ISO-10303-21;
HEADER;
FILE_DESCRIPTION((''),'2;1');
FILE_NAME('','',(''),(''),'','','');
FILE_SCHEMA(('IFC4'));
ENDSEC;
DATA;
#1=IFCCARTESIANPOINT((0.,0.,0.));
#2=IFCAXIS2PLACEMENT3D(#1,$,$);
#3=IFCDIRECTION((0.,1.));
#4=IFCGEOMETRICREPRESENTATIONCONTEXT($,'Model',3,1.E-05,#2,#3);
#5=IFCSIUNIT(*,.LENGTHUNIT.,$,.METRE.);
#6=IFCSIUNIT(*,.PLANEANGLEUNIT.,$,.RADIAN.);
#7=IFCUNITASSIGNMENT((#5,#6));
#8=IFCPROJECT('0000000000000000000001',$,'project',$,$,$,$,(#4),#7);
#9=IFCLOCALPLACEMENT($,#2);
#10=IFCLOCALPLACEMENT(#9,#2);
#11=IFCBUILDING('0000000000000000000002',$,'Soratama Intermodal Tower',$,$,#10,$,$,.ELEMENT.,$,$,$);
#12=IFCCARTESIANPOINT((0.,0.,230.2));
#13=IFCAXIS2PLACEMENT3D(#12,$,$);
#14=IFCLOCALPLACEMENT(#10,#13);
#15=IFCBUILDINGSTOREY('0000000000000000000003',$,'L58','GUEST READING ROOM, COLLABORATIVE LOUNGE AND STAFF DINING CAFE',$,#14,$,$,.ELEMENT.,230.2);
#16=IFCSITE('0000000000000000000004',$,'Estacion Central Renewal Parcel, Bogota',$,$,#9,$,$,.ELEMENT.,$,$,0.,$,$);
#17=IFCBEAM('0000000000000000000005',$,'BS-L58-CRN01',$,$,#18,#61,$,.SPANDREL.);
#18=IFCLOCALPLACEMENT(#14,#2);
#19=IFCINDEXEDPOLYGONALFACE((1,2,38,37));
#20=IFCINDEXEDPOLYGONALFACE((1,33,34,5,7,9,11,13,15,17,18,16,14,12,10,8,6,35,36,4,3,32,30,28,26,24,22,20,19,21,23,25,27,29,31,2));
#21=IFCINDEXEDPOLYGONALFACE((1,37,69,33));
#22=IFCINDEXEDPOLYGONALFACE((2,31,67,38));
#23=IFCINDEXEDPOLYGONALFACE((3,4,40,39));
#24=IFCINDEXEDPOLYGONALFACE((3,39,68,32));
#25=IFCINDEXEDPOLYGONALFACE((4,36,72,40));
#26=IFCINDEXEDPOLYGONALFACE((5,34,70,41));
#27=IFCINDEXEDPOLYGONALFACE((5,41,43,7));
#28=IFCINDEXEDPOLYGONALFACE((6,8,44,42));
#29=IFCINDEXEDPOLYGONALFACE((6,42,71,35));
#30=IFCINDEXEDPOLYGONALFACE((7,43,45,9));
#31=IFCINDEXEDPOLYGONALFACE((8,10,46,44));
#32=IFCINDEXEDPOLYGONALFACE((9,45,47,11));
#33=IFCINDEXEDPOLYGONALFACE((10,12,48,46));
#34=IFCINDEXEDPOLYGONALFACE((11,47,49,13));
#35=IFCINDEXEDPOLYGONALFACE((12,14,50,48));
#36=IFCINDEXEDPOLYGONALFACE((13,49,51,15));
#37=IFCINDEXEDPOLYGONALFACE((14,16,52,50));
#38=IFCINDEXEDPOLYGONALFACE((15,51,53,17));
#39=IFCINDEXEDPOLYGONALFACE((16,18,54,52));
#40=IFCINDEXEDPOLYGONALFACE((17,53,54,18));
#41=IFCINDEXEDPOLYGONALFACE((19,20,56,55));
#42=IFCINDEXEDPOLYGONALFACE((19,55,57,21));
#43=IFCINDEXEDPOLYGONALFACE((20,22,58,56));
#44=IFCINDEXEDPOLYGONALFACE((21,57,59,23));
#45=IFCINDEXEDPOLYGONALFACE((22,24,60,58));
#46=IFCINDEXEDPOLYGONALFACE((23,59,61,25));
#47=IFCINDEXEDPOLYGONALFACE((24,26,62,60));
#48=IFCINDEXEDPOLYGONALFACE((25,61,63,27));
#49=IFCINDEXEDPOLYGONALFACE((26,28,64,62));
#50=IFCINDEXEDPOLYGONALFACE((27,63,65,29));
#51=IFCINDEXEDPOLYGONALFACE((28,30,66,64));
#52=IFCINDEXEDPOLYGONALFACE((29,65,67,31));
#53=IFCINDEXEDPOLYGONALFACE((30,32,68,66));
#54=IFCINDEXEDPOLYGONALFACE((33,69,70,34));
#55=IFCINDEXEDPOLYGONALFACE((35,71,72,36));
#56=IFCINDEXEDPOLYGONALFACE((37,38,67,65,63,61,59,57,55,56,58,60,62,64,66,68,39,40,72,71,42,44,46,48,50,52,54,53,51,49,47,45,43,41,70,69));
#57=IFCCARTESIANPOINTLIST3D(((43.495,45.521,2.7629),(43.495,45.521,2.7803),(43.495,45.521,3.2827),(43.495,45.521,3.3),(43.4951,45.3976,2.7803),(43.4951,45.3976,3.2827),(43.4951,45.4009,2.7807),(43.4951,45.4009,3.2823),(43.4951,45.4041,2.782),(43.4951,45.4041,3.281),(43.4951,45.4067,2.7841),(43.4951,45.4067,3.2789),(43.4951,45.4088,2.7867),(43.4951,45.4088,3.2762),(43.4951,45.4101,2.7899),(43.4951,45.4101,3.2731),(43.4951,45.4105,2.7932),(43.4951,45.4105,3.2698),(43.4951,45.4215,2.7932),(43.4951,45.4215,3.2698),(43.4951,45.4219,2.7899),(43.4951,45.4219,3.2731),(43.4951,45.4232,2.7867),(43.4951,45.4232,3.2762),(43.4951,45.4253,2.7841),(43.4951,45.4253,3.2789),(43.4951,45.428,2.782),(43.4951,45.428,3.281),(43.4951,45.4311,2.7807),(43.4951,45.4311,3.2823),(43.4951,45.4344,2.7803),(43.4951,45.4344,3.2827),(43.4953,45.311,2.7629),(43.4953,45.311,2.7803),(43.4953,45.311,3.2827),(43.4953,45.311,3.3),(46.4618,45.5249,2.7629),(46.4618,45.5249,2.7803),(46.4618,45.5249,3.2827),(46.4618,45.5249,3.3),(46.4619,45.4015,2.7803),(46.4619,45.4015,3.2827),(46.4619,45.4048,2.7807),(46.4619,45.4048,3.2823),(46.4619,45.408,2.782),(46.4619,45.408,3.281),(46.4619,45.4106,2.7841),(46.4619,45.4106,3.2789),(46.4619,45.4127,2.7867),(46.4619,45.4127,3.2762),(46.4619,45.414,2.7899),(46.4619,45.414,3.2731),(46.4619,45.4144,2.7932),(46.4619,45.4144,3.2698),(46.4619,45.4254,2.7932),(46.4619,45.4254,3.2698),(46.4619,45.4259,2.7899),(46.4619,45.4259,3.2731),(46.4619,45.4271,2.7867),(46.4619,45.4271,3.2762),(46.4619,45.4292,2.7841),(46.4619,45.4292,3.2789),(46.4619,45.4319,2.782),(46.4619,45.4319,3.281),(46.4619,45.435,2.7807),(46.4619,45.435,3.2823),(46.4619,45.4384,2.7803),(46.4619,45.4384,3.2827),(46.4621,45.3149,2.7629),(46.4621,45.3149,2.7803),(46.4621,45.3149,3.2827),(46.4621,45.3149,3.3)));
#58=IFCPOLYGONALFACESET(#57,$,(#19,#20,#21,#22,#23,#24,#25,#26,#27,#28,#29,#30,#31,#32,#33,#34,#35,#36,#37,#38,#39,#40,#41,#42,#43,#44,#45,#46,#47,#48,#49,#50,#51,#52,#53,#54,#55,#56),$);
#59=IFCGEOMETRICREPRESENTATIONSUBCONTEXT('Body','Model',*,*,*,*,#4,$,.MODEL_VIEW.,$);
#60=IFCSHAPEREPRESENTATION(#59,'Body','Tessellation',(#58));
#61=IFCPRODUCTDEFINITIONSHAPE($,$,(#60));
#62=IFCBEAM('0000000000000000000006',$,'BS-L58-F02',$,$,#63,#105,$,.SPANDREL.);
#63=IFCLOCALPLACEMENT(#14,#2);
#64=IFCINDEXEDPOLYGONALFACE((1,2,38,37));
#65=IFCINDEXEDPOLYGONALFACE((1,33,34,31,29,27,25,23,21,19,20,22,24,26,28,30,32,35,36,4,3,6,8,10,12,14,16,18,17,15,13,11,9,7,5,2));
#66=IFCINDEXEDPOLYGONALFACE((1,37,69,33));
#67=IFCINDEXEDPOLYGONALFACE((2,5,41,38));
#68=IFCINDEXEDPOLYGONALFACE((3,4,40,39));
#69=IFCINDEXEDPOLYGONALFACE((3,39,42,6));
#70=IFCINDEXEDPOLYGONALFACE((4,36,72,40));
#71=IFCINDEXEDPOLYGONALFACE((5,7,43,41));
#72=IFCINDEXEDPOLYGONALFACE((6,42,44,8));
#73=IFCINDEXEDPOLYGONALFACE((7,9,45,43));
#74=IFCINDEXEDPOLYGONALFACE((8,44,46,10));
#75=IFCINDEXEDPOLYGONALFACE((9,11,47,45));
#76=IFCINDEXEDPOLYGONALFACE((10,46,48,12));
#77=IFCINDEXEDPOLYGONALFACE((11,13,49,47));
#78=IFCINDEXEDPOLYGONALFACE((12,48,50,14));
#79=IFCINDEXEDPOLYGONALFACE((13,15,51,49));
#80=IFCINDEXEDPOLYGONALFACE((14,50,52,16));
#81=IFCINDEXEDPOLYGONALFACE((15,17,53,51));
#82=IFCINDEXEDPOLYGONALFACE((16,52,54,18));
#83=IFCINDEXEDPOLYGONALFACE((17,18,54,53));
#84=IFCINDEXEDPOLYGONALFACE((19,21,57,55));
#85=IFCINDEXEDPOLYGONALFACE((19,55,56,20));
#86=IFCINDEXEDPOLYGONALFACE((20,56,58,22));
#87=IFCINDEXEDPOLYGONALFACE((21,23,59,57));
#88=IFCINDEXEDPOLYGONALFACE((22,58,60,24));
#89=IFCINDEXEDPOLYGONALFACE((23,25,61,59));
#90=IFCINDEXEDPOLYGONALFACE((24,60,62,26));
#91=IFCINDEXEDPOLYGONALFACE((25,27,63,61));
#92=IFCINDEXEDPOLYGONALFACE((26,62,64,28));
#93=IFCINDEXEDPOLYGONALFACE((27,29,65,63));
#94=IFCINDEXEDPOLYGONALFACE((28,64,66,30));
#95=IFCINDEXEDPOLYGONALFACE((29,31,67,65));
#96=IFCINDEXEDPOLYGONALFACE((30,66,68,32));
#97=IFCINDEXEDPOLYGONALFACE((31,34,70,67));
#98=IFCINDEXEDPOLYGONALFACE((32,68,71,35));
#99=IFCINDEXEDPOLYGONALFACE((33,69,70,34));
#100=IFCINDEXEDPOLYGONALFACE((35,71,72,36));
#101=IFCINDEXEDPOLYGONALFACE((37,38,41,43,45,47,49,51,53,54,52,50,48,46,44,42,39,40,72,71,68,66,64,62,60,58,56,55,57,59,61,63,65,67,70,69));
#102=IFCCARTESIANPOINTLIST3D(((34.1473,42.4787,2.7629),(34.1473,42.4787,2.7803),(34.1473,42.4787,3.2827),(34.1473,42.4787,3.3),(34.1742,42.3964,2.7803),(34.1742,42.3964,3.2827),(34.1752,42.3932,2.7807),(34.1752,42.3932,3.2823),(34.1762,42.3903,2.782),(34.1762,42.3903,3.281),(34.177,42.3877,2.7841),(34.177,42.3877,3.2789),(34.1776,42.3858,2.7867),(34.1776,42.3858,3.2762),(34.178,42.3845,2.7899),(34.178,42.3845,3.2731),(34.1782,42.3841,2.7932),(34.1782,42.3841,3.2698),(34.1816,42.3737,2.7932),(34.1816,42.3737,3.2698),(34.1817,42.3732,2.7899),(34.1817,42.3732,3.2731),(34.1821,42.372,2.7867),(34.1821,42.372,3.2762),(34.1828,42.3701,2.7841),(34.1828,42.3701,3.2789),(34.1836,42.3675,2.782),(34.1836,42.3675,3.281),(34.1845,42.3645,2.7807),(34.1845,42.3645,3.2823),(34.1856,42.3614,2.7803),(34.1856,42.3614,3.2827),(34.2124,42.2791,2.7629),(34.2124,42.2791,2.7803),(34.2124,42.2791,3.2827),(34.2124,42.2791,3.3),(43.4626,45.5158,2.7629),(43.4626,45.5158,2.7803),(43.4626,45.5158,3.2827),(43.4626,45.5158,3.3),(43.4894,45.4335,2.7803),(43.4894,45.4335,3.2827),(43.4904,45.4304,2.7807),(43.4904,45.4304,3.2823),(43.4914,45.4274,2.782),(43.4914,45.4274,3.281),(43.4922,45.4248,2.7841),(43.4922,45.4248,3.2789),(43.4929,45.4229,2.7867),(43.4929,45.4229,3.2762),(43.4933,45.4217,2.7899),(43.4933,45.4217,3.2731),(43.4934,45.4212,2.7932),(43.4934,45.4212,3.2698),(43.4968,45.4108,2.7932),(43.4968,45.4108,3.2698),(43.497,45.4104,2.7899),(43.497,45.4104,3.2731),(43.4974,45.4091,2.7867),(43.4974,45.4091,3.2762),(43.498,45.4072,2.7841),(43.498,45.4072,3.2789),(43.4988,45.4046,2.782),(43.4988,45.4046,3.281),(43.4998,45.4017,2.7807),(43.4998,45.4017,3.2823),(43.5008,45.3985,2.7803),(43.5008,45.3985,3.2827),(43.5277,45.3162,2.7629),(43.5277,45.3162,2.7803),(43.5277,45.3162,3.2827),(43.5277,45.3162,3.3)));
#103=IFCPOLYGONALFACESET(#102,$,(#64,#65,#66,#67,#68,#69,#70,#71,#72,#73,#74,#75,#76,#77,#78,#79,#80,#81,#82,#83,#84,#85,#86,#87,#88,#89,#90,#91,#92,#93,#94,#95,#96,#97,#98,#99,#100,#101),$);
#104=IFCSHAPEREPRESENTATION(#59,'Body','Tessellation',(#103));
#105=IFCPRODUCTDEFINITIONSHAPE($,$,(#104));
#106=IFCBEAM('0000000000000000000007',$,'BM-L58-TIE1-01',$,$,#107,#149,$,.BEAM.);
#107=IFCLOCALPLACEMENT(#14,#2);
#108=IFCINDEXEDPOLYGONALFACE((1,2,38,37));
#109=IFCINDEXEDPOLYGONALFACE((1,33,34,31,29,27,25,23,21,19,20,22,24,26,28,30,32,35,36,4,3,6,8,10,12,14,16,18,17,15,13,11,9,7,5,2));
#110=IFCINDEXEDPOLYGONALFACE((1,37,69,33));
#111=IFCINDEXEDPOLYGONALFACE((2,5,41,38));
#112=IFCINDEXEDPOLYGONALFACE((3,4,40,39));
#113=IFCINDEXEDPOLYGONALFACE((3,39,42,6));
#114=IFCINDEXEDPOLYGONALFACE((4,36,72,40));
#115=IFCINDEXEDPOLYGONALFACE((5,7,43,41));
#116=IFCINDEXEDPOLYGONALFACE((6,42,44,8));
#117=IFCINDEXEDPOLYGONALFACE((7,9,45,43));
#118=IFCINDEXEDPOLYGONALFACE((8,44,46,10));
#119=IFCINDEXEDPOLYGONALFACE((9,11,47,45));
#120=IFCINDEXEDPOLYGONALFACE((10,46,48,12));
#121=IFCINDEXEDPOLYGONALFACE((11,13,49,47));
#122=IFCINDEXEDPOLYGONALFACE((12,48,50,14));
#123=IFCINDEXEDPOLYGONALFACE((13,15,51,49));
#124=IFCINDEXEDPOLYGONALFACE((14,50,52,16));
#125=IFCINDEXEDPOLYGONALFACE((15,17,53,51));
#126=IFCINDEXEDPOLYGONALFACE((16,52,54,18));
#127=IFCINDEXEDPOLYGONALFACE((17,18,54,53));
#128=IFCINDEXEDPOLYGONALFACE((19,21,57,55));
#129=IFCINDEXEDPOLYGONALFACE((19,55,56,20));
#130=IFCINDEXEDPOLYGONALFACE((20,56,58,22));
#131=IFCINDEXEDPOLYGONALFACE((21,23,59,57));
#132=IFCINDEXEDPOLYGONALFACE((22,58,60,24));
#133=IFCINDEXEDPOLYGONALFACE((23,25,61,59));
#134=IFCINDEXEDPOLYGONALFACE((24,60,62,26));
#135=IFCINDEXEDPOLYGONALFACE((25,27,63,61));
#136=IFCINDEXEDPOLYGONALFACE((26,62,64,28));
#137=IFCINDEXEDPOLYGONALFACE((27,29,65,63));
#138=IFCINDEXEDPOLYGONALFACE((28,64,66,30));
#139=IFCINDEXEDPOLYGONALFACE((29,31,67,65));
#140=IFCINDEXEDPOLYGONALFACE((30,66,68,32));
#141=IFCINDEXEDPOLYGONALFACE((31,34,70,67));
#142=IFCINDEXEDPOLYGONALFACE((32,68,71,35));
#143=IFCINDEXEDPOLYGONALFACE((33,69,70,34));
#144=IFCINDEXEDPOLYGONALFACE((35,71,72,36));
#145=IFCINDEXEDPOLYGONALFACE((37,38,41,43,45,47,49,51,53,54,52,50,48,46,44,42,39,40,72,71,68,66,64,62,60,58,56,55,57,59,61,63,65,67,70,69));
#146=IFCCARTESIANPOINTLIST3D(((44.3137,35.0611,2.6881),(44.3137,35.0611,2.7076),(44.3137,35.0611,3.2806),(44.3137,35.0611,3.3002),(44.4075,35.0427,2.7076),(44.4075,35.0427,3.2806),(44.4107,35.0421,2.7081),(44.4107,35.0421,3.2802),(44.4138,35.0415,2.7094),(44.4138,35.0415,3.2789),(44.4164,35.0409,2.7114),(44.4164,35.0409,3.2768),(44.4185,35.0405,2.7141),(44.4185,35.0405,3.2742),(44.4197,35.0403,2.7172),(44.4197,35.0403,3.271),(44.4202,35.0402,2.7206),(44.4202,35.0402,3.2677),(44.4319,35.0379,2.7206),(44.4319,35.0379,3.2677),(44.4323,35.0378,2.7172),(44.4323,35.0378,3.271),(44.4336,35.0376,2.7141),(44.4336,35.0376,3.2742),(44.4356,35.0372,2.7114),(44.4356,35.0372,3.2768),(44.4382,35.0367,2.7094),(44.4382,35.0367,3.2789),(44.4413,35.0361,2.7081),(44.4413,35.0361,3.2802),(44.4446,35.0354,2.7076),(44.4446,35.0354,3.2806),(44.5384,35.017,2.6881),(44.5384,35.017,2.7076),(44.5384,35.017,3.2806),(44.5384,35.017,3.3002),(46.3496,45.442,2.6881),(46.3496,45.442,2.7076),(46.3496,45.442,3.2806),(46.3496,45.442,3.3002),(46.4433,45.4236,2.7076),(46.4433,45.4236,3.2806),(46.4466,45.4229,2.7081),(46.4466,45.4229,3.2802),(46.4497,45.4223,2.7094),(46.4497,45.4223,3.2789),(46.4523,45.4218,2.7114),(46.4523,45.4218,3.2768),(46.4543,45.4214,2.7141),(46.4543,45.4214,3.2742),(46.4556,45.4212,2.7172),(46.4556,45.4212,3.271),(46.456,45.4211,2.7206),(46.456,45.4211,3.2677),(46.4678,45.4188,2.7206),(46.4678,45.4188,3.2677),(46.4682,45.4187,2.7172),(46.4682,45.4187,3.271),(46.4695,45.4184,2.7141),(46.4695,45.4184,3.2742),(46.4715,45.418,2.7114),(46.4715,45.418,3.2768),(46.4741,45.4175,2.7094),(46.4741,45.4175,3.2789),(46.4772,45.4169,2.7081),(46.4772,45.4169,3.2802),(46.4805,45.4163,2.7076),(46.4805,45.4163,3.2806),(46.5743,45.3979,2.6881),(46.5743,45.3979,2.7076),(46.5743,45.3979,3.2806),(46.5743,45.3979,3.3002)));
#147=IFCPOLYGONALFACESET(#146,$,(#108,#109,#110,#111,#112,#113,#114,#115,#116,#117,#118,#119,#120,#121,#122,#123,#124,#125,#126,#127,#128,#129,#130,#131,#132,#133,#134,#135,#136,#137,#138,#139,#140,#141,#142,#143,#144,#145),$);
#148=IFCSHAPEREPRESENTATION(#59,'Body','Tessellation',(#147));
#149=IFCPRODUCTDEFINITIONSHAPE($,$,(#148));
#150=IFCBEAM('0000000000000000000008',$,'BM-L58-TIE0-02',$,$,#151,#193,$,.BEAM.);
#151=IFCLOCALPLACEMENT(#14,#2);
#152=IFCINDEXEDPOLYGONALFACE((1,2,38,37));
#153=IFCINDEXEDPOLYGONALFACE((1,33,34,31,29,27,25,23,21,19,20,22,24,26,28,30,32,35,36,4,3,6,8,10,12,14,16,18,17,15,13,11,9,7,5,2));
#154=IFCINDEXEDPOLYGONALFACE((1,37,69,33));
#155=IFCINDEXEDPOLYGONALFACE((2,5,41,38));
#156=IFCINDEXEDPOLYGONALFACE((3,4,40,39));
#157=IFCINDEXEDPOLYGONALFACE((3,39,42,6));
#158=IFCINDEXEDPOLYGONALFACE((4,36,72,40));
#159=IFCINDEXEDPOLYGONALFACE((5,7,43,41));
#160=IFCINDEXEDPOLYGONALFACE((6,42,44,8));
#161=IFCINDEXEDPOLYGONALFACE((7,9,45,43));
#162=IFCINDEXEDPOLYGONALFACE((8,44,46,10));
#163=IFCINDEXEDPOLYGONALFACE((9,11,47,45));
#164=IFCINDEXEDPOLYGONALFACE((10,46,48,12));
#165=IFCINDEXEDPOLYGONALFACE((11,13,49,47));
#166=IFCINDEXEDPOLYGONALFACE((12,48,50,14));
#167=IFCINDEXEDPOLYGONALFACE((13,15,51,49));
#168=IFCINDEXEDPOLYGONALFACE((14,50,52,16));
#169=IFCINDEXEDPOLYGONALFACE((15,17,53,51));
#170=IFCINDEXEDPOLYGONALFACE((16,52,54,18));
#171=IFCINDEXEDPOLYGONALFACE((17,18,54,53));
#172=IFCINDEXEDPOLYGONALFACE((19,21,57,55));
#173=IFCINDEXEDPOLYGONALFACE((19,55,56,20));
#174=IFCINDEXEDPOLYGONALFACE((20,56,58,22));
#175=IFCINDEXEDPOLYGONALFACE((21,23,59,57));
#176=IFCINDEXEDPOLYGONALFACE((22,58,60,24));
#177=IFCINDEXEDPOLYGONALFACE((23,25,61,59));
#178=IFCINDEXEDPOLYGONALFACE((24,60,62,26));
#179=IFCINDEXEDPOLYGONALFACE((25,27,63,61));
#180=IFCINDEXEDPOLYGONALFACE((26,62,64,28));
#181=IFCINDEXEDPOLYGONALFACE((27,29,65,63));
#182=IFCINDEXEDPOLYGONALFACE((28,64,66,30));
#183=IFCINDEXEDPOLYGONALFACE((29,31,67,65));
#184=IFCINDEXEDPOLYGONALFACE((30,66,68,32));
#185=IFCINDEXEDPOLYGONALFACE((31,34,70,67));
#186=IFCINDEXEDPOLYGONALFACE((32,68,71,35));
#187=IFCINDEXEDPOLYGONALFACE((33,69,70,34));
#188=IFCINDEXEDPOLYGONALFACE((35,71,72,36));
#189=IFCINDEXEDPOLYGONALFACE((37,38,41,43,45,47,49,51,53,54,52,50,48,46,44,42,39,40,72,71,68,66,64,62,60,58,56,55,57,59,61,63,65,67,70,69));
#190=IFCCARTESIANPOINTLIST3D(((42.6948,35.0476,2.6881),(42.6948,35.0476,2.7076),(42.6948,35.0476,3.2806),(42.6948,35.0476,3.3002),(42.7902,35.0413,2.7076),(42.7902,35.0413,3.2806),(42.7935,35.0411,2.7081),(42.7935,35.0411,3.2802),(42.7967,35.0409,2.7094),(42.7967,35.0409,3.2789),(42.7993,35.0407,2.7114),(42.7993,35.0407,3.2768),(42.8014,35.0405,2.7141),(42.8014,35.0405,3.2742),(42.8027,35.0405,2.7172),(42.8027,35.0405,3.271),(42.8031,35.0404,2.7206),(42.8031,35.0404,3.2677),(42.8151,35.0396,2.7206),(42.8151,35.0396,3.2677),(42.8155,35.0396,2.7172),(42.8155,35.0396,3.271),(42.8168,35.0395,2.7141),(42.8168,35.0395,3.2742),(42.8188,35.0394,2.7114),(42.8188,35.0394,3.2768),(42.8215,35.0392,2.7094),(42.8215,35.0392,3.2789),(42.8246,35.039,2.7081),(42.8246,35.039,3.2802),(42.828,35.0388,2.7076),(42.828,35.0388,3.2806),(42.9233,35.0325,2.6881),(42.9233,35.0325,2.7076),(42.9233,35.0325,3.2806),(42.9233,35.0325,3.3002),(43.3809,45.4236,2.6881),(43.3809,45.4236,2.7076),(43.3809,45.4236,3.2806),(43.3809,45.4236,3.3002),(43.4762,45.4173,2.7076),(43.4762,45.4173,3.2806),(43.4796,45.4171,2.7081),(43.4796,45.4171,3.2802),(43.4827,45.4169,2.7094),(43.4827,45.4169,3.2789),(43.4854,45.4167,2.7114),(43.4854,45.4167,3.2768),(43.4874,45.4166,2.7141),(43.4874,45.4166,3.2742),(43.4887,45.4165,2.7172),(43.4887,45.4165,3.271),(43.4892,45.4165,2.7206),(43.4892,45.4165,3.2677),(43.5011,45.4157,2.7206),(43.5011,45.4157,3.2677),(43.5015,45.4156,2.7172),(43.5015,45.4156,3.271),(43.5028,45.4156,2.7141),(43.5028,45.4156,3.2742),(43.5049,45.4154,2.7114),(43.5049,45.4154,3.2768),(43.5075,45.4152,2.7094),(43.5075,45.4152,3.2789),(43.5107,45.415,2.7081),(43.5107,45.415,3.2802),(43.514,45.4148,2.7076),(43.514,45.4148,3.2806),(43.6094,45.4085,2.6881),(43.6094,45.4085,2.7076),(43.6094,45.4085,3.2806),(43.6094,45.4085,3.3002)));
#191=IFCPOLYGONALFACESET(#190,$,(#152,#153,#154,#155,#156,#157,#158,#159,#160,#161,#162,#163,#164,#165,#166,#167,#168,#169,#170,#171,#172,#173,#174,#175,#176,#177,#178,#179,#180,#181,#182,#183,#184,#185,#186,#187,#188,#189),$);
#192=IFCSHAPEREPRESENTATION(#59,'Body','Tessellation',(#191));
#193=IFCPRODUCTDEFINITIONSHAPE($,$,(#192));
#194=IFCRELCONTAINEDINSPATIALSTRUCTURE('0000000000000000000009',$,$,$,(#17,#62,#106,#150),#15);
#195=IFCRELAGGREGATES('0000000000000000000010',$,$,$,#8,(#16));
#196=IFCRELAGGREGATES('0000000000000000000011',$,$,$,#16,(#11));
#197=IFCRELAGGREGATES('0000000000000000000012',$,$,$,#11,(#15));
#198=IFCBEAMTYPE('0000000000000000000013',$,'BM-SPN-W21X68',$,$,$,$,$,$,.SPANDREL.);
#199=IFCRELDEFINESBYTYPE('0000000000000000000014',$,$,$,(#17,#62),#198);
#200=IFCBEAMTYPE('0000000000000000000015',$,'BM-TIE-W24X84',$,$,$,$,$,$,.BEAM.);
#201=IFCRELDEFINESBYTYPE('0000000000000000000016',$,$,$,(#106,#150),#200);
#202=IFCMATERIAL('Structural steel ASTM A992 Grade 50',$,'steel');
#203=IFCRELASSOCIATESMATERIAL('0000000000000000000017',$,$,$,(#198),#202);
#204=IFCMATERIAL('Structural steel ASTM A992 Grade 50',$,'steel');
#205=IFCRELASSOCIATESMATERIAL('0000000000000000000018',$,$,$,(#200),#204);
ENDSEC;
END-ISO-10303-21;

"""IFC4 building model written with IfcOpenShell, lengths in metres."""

from ifc_helpers import new_model, si_unit, direction, frame, origin, origin_2d, place, context, subcontext, project, spatial, i_section, extrude, material, material_profile, profile_set, type_object, element, save


model = new_model("IFC4")

# Units and contexts
model_context = context("Model", 3, precision=1e-05, world=origin(), true_north=direction((0.0, 1.0)))
body_context = subcontext(model_context, "Body", "Model", "MODEL_VIEW")
ifc_project = project(units=[si_unit("LENGTHUNIT", "METRE"), si_unit("PLANEANGLEUNIT", "RADIAN")], contexts=[model_context])

# Site, building, storey
site_placement = place(None, origin())
site = spatial("IfcSite", under=ifc_project, at=site_placement, Name="Estacion Central Renewal Parcel, Bogota", CompositionType="ELEMENT", RefElevation=0.0)
building_placement = place(site_placement, origin())
building = spatial("IfcBuilding", under=site, at=building_placement, Name="Soratama Intermodal Tower", CompositionType="ELEMENT")
storey_placement = place(building_placement, frame((0.0, 0.0, 230.2)))
storey = spatial("IfcBuildingStorey", under=building, at=storey_placement, Name="L58", Description="GUEST READING ROOM, COLLABORATIVE LOUNGE AND STAFF DINING CAFE", CompositionType="ELEMENT", Elevation=230.2)

# Beams
ifc_material_1 = material(Name="Structural steel ASTM A992 Grade 50", Category="steel")
ifc_material_profile_1 = material_profile(ifc_material_1, i_section(OverallWidth=0.21, OverallDepth=0.5371, WebThickness=0.011, FlangeThickness=0.0173, FilletRadius=0.0129, at=origin_2d()), Name="W21X68")
ifc_profile_set_1 = profile_set([ifc_material_profile_1], Name="Structural steel ASTM A992 Grade 50")
beam_type_1 = type_object("IfcBeamType", Name="BM-SPN-W21X68", PredefinedType="SPANDREL", material=ifc_profile_set_1)
beam_1_placement = place(storey_placement, frame((46.4619, 45.4199, 3.0315), z_axis=(-0.999999, -0.001317, 0.0), x_axis=(0.001317, -0.999999, 0.0)))
element("IfcBeam", 1, at=beam_1_placement, inside=storey, type_object=beam_type_1, Name="BS-L58-CRN01", PredefinedType="SPANDREL", context=body_context, shape_type="SweptSolid", body=[
    extrude(i_section(OverallWidth=0.21, OverallDepth=0.5371, WebThickness=0.011, FlangeThickness=0.0173, FilletRadius=0.0129, at=origin_2d()), origin(), (0.0, 0.0, 1.0), 2.9668),
])
beam_2_placement = place(storey_placement, frame((43.4951, 45.416, 3.0315), z_axis=(-0.950743, -0.309979, 0.0), x_axis=(0.309979, -0.950743, 0.0)))
element("IfcBeam", 2, at=beam_2_placement, inside=storey, type_object=beam_type_1, Name="BS-L58-F02", PredefinedType="SPANDREL", context=body_context, shape_type="SweptSolid", body=[
    extrude(i_section(OverallWidth=0.21, OverallDepth=0.5371, WebThickness=0.011, FlangeThickness=0.0173, FilletRadius=0.0129, at=origin_2d()), origin(), (0.0, 0.0, 1.0), 9.7979),
])
ifc_material_2 = material(Name="Structural steel ASTM A992 Grade 50", Category="steel")
ifc_material_profile_2 = material_profile(ifc_material_2, i_section(OverallWidth=0.229, OverallDepth=0.6121, WebThickness=0.012, FlangeThickness=0.0195, FilletRadius=0.0129, at=origin_2d()), Name="W24X84")
ifc_profile_set_2 = profile_set([ifc_material_profile_2], Name="Structural steel ASTM A992 Grade 50")
beam_type_2 = type_object("IfcBeamType", Name="BM-TIE-W24X84", PredefinedType="BEAM", material=ifc_profile_set_2)
beam_3_placement = place(storey_placement, frame((44.426, 35.0391, 2.9941), z_axis=(0.192453, 0.981306, 0.0), x_axis=(-0.981306, 0.192453, 0.0)))
element("IfcBeam", 3, at=beam_3_placement, inside=storey, type_object=beam_type_2, Name="BM-L58-TIE1-01", PredefinedType="BEAM", context=body_context, shape_type="SweptSolid", body=[
    extrude(i_section(OverallWidth=0.229, OverallDepth=0.6121, WebThickness=0.012, FlangeThickness=0.0195, FilletRadius=0.0129, at=origin_2d()), origin(), (0.0, 0.0, 1.0), 10.5786),
])
beam_4_placement = place(storey_placement, frame((42.8091, 35.04, 2.9941), z_axis=(0.065974, 0.997821, 0.0), x_axis=(-0.997821, 0.065974, 0.0)))
element("IfcBeam", 4, at=beam_4_placement, inside=storey, type_object=beam_type_2, Name="BM-L58-TIE0-02", PredefinedType="BEAM", context=body_context, shape_type="SweptSolid", body=[
    extrude(i_section(OverallWidth=0.229, OverallDepth=0.6121, WebThickness=0.012, FlangeThickness=0.0195, FilletRadius=0.0129, at=origin_2d()), origin(), (0.0, 0.0, 1.0), 10.3987),
])

save(model, "model.ifc")
